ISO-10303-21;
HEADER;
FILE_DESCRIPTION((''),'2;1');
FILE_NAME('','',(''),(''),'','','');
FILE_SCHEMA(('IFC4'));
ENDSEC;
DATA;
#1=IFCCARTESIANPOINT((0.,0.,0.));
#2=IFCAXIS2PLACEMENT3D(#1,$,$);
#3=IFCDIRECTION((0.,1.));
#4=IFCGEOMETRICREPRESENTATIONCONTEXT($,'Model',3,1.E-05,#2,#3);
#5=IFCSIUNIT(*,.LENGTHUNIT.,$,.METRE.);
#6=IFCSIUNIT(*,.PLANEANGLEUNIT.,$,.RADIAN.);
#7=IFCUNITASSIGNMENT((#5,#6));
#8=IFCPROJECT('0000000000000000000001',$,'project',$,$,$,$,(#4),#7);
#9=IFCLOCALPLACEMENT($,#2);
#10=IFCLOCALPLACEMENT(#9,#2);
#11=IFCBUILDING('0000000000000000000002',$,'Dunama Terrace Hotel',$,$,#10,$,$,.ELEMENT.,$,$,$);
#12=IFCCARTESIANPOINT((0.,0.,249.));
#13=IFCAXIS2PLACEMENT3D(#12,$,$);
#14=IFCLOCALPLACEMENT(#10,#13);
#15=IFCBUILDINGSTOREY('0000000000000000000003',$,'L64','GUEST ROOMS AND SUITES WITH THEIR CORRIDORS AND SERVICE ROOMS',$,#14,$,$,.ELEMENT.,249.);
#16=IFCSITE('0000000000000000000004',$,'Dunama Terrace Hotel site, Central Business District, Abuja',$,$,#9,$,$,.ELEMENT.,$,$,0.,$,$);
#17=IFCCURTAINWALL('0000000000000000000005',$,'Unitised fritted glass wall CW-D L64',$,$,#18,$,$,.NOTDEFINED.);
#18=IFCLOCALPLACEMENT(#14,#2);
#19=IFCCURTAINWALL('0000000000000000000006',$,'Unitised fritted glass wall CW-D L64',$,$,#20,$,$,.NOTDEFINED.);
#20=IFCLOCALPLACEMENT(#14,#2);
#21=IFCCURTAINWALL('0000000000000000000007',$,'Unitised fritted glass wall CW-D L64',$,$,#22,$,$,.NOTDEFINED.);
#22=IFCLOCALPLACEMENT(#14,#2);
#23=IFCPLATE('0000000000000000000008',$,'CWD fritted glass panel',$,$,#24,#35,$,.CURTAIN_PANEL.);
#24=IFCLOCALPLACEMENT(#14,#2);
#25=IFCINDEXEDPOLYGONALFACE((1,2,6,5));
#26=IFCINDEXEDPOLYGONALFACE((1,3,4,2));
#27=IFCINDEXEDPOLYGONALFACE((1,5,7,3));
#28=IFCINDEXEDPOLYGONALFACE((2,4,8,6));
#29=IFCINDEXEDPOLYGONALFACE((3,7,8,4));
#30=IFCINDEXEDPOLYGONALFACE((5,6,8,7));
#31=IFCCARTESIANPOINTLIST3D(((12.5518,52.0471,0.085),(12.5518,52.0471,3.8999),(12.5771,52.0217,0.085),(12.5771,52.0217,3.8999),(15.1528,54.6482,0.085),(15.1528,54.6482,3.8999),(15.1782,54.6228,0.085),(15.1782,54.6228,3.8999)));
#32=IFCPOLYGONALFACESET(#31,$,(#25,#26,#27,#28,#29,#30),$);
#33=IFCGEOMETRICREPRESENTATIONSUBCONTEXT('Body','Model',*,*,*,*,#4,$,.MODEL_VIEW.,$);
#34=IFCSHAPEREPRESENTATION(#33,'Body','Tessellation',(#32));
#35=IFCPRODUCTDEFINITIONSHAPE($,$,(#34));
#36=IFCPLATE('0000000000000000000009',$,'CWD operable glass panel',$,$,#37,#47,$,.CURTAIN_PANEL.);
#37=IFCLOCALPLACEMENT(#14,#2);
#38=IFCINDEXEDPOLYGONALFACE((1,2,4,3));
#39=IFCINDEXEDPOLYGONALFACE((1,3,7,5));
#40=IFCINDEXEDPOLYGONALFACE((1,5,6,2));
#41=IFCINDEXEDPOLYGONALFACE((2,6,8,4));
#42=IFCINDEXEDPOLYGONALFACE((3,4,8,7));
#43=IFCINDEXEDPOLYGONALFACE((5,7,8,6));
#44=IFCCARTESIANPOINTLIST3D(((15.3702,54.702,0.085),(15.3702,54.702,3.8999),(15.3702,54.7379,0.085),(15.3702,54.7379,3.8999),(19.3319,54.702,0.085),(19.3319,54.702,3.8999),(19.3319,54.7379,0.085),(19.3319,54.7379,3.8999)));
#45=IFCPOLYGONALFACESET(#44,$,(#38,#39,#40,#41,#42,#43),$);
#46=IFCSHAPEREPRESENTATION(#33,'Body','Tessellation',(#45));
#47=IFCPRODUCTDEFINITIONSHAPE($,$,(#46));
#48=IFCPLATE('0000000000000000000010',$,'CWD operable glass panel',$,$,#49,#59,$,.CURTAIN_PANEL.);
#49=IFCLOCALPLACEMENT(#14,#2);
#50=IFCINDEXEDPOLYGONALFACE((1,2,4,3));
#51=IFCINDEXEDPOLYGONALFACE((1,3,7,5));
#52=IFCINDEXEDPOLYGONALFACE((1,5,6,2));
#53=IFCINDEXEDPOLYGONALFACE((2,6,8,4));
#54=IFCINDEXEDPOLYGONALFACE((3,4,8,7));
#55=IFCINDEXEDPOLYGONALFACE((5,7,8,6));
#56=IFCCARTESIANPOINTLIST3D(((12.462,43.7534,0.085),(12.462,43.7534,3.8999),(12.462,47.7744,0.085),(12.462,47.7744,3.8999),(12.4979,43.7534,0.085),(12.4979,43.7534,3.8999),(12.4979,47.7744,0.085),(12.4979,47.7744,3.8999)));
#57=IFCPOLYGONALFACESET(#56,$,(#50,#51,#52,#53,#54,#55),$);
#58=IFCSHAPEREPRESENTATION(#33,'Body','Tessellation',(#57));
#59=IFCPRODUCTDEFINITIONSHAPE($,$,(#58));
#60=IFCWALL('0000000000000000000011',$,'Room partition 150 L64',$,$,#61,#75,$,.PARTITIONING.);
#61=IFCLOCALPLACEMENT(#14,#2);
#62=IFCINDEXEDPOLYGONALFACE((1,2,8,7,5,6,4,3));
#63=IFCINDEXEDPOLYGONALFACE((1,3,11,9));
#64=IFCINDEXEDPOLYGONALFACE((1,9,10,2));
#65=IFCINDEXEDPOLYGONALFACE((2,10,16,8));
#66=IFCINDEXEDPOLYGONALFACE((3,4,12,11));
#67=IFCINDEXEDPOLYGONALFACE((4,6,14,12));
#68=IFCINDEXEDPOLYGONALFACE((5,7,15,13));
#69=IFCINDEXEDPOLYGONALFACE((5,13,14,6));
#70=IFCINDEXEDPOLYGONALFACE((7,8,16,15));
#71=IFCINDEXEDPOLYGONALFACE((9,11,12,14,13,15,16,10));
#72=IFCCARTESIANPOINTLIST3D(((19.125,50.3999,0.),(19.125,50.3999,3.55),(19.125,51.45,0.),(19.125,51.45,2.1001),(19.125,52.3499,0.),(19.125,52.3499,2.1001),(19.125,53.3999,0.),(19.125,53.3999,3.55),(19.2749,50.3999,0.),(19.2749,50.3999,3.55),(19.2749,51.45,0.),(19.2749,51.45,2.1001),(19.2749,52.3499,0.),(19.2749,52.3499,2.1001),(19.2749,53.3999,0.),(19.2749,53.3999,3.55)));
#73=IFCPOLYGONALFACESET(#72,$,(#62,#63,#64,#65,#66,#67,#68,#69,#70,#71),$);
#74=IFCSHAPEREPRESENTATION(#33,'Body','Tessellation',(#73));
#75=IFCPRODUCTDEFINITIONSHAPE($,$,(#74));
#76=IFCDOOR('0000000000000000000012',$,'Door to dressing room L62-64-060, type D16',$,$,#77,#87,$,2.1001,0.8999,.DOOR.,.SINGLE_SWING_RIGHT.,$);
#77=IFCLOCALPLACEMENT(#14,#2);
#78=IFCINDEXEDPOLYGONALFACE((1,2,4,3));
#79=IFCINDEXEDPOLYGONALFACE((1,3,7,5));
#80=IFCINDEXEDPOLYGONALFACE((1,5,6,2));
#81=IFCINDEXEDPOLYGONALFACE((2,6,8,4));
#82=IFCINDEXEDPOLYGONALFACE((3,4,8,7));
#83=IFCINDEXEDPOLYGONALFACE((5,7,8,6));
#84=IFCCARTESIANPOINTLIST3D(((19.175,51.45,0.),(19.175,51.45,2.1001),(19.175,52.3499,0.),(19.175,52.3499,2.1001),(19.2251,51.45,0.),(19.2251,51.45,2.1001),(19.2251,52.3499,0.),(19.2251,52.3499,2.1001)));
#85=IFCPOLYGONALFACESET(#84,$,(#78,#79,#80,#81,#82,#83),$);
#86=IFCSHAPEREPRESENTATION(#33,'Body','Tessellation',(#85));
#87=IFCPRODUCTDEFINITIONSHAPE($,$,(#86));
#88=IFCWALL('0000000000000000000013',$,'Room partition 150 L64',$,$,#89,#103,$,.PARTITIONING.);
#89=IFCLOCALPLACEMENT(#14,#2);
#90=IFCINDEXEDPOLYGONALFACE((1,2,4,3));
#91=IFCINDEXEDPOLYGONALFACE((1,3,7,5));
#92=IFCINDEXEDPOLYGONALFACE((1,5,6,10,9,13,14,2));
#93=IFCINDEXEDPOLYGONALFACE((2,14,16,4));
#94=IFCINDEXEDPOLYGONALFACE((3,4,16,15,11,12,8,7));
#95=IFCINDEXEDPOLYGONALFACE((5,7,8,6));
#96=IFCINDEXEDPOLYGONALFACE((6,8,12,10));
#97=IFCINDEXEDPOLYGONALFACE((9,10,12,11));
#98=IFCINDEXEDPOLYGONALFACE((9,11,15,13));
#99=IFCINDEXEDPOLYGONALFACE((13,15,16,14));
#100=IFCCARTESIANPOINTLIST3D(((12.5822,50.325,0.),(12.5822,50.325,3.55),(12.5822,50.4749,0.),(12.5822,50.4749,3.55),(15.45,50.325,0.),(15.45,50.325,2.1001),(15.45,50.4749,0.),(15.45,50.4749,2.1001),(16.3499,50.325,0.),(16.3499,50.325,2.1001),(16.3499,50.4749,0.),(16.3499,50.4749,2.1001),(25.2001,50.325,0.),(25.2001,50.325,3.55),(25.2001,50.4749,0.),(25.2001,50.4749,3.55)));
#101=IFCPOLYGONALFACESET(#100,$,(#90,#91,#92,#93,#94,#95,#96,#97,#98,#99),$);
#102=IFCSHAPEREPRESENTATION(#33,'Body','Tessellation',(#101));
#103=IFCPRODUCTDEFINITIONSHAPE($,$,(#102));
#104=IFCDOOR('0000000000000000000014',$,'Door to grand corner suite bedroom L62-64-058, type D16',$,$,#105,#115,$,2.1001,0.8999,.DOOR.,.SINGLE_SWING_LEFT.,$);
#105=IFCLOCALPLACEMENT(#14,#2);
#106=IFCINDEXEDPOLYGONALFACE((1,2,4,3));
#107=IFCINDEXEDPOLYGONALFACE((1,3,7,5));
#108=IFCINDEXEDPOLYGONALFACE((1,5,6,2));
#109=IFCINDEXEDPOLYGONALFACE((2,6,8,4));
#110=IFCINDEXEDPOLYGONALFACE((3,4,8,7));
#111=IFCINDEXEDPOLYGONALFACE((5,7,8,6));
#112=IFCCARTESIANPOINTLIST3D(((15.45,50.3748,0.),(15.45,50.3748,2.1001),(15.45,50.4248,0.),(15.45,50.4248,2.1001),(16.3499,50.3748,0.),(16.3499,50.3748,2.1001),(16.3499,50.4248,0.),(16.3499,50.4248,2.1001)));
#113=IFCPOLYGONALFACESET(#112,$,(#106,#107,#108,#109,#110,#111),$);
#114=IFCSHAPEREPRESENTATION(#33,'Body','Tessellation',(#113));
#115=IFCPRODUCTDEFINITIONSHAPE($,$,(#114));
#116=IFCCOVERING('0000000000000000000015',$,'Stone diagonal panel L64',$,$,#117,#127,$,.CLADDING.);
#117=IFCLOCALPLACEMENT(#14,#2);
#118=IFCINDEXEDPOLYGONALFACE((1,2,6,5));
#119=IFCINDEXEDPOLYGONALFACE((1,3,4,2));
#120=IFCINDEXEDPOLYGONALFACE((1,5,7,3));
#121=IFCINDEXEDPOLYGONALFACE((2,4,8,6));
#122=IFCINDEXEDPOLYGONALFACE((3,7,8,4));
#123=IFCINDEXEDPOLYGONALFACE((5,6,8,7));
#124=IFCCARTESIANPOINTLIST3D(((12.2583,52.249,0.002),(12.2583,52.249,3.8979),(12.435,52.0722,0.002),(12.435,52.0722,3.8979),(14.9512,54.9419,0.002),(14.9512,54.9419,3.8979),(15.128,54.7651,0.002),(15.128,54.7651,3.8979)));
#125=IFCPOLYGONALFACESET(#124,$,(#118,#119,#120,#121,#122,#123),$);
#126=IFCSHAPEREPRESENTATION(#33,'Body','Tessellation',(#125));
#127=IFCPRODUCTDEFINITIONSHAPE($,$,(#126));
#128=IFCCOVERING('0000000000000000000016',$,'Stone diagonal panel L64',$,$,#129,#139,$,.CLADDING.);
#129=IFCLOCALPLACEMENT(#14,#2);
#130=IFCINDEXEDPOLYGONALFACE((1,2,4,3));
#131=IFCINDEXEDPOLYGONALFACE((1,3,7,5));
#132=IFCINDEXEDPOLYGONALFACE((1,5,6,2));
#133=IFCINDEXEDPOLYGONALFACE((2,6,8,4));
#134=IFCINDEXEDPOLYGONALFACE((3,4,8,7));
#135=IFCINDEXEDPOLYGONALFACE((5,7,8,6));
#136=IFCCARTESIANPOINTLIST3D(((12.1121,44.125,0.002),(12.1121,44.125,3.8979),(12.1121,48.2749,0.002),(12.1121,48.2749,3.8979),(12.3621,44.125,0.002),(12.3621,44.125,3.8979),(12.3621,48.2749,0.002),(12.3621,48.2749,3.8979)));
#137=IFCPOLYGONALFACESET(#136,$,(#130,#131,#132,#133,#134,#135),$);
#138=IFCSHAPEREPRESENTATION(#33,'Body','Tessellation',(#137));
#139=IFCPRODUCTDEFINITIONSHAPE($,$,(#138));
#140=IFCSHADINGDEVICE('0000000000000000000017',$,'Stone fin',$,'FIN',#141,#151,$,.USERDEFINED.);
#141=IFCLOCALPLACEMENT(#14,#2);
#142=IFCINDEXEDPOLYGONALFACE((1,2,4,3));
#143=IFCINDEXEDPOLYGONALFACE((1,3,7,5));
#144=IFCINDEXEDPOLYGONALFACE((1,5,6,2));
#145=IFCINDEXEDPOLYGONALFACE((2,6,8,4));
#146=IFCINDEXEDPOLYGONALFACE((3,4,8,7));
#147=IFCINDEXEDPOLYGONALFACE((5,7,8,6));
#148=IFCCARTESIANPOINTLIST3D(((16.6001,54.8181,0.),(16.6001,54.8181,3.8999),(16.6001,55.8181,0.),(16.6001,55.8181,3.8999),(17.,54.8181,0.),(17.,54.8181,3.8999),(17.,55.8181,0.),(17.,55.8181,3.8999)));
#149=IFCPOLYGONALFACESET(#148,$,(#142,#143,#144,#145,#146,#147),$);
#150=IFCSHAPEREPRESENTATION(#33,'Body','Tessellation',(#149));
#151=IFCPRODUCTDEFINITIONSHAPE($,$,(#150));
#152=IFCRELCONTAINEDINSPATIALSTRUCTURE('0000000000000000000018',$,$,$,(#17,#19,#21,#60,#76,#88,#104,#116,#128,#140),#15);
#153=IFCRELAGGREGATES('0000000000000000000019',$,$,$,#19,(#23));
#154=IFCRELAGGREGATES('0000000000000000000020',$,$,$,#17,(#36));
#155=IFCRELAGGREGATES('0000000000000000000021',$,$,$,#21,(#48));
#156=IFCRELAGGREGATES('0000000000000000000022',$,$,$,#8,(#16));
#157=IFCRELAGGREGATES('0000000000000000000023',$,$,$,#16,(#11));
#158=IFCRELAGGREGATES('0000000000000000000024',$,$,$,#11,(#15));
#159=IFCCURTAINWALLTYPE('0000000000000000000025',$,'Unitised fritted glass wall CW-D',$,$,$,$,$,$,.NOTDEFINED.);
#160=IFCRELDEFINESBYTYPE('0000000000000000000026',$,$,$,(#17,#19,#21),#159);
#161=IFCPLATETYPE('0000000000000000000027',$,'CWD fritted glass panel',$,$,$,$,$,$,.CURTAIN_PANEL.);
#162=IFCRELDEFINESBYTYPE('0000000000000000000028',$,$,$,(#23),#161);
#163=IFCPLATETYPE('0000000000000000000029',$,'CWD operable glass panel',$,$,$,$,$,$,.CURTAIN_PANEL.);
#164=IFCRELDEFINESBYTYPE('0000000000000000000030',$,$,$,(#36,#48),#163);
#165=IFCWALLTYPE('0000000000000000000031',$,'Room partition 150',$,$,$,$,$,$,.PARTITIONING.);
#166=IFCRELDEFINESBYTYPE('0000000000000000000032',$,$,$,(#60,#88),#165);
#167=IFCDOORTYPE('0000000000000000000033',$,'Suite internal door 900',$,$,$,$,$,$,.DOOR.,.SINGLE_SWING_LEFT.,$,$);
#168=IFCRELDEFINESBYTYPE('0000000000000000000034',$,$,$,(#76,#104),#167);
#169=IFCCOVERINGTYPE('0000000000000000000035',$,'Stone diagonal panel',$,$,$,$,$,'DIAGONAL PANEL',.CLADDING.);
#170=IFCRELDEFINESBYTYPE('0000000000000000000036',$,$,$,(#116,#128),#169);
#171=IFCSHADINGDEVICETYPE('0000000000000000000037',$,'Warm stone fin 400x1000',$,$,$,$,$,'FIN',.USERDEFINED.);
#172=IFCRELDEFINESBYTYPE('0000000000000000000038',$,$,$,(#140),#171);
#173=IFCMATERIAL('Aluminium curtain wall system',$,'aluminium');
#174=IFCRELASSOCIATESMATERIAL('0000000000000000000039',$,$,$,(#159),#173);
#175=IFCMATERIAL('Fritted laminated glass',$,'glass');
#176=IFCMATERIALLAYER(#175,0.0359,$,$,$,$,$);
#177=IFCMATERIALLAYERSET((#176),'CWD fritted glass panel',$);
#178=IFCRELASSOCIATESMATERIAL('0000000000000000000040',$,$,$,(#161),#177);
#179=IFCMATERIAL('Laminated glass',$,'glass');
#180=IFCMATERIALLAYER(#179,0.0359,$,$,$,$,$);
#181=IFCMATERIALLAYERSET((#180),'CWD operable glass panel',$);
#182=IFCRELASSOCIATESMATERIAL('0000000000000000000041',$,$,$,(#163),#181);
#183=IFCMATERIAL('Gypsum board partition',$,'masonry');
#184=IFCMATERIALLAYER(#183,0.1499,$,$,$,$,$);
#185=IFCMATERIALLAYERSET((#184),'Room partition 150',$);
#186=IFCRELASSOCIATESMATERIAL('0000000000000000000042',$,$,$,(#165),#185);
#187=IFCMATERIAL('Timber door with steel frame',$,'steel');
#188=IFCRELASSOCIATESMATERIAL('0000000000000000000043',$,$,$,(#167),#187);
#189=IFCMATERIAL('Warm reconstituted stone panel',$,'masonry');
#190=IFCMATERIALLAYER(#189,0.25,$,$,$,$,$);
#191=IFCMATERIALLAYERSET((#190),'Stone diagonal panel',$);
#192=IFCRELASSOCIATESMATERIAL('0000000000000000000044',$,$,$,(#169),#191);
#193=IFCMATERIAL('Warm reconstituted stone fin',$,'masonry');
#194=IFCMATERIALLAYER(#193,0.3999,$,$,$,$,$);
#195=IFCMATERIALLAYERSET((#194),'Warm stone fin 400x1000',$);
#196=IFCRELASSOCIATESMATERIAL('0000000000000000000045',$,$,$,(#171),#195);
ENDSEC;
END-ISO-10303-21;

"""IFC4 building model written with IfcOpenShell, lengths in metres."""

from ifc_helpers import new_model, si_unit, direction, frame, frame_2d, origin, origin_2d, place, context, subcontext, project, spatial, rectangle, extrude, material, layer, layer_set, type_object, element, fill, aggregate, save


model = new_model("IFC4")

# Units and contexts
model_context = context("Model", 3, precision=1e-05, world=origin(), true_north=direction((0.0, 1.0)))
body_context = subcontext(model_context, "Body", "Model", "MODEL_VIEW")
ifc_project = project(units=[si_unit("LENGTHUNIT", "METRE"), si_unit("PLANEANGLEUNIT", "RADIAN")], contexts=[model_context])

# Site, building, storey
site_placement = place(None, origin())
site = spatial("IfcSite", under=ifc_project, at=site_placement, Name="Dunama Terrace Hotel site, Central Business District, Abuja", CompositionType="ELEMENT", RefElevation=0.0)
building_placement = place(site_placement, origin())
building = spatial("IfcBuilding", under=site, at=building_placement, Name="Dunama Terrace Hotel", CompositionType="ELEMENT")
storey_placement = place(building_placement, frame((0.0, 0.0, 249.0)))
storey = spatial("IfcBuildingStorey", under=building, at=storey_placement, Name="L64", Description="GUEST ROOMS AND SUITES WITH THEIR CORRIDORS AND SERVICE ROOMS", CompositionType="ELEMENT", Elevation=249.0)

# Curtain wall
ifc_material_1 = material(Name="Aluminium curtain wall system", Category="aluminium")
curtain_wall_type = type_object("IfcCurtainWallType", Name="Unitised fritted glass wall CW-D", PredefinedType="NOTDEFINED", material=ifc_material_1)
curtain_wall_1_placement = place(storey_placement, origin())
curtain_wall_1 = element("IfcCurtainWall", 1, at=curtain_wall_1_placement, inside=storey, type_object=curtain_wall_type, Name="Unitised fritted glass wall CW-D L64", PredefinedType="NOTDEFINED")

# Curtain walls
curtain_wall_2_placement = place(storey_placement, origin())
curtain_wall_2 = element("IfcCurtainWall", 2, at=curtain_wall_2_placement, inside=storey, type_object=curtain_wall_type, Name="Unitised fritted glass wall CW-D L64", PredefinedType="NOTDEFINED")
curtain_wall_3_placement = place(storey_placement, origin())
curtain_wall_3 = element("IfcCurtainWall", 3, at=curtain_wall_3_placement, inside=storey, type_object=curtain_wall_type, Name="Unitised fritted glass wall CW-D L64", PredefinedType="NOTDEFINED")

# Plates
ifc_material_2 = material(Name="Fritted laminated glass", Category="glass")
ifc_layer_1 = layer(ifc_material_2, 0.0359)
ifc_layer_set_1 = layer_set([ifc_layer_1], Name="CWD fritted glass panel")
plate_type_1 = type_object("IfcPlateType", Name="CWD fritted glass panel", PredefinedType="CURTAIN_PANEL", material=ifc_layer_set_1)
plate_1_placement = place(storey_placement, frame((13.865, 53.335, 0.085), z_axis=(0.0, 0.0, 1.0), x_axis=(-0.707107, -0.707107, 0.0)))
plate_1 = element("IfcPlate", 4, at=plate_1_placement, type_object=plate_type_1, Name="CWD fritted glass panel", PredefinedType="CURTAIN_PANEL", context=body_context, shape_type="SweptSolid", body=[
    extrude(rectangle(XDim=3.6785, YDim=0.0359, at=origin_2d()), origin(), (0.0, 0.0, 1.0), 3.8149),
])
aggregate(curtain_wall_2, [plate_1])
ifc_material_3 = material(Name="Laminated glass", Category="glass")
ifc_layer_2 = layer(ifc_material_3, 0.0359)
ifc_layer_set_2 = layer_set([ifc_layer_2], Name="CWD operable glass panel")
plate_type_2 = type_object("IfcPlateType", Name="CWD operable glass panel", PredefinedType="CURTAIN_PANEL", material=ifc_layer_set_2)
plate_2_placement = place(storey_placement, frame((17.3511, 54.72, 0.085), z_axis=(0.0, 0.0, 1.0), x_axis=(-1.0, 0.0, 0.0)))
plate_2 = element("IfcPlate", 5, at=plate_2_placement, type_object=plate_type_2, Name="CWD operable glass panel", PredefinedType="CURTAIN_PANEL", context=body_context, shape_type="SweptSolid", body=[
    extrude(rectangle(XDim=3.9617, YDim=0.0359, at=origin_2d()), origin(), (0.0, 0.0, 1.0), 3.8149),
])
aggregate(curtain_wall_1, [plate_2])
plate_3_placement = place(storey_placement, frame((12.48, 45.7639, 0.085), z_axis=(0.0, 0.0, 1.0), x_axis=(0.0, -1.0, 0.0)))
plate_3 = element("IfcPlate", 6, at=plate_3_placement, type_object=plate_type_2, Name="CWD operable glass panel", PredefinedType="CURTAIN_PANEL", context=body_context, shape_type="SweptSolid", body=[
    extrude(rectangle(XDim=4.021, YDim=0.0359, at=origin_2d()), origin(), (0.0, 0.0, 1.0), 3.8149),
])
aggregate(curtain_wall_3, [plate_3])

# Walls, openings, doors
ifc_material_4 = material(Name="Gypsum board partition", Category="masonry")
ifc_layer_3 = layer(ifc_material_4, 0.1499)
ifc_layer_set_3 = layer_set([ifc_layer_3], Name="Room partition 150")
wall_type = type_object("IfcWallType", Name="Room partition 150", PredefinedType="PARTITIONING", material=ifc_layer_set_3)
wall_1_placement = place(storey_placement, frame((19.2, 50.3999, 0.0), z_axis=(0.0, 0.0, 1.0), x_axis=(0.0, 1.0, 0.0)))
wall_1 = element("IfcWall", 7, at=wall_1_placement, inside=storey, type_object=wall_type, Name="Room partition 150 L64", PredefinedType="PARTITIONING", context=body_context, shape_type="SweptSolid", body=[
    extrude(rectangle(XDim=3.0, YDim=0.1499, at=frame_2d((1.5, 0.0))), origin(), (0.0, 0.0, 1.0), 3.55),
])
opening_1_placement = place(wall_1_placement, frame((1.05, 0.0, 0.0)))
opening_1 = element("IfcOpeningElement", 8, at=opening_1_placement, cuts=wall_1, PredefinedType="OPENING", context=body_context, shape_type="SweptSolid", body=[
    extrude(rectangle(XDim=0.8999, YDim=2.1001, at=frame_2d((0.45, 1.05))), frame((0.0, 0.085, 0.0), z_axis=(0.0, -1.0, 0.0), x_axis=(1.0, 0.0, 0.0)), (0.0, 0.0, 1.0), 0.1699),
])
ifc_material_5 = material(Name="Timber door with steel frame", Category="steel")
door_type = type_object("IfcDoorType", Name="Suite internal door 900", OperationType="SINGLE_SWING_LEFT", PredefinedType="DOOR", material=ifc_material_5)
door_1_placement = place(opening_1_placement, frame((0.8999, 0.0, 0.0), z_axis=(0.0, 0.0, 1.0), x_axis=(-1.0, 0.0, 0.0)))
door_1 = element("IfcDoor", 9, at=door_1_placement, inside=storey, type_object=door_type, Name="Door to dressing room L62-64-060, type D16", OperationType="SINGLE_SWING_RIGHT", OverallHeight=2.1001, OverallWidth=0.8999, PredefinedType="DOOR", context=body_context, shape_type="SweptSolid", body=[
    extrude(rectangle(XDim=0.8999, YDim=2.1001, at=frame_2d((0.45, 1.05))), frame((0.0, 0.0251, 0.0), z_axis=(0.0, -1.0, 0.0), x_axis=(1.0, 0.0, 0.0)), (0.0, 0.0, 1.0), 0.05),
])
fill(opening_1, door_1)
wall_2_placement = place(storey_placement, frame((12.582, 50.3999, 0.0), z_axis=(0.0, 0.0, 1.0), x_axis=(1.0, 0.0, 0.0)))
wall_2 = element("IfcWall", 10, at=wall_2_placement, inside=storey, type_object=wall_type, Name="Room partition 150 L64", PredefinedType="PARTITIONING", context=body_context, shape_type="SweptSolid", body=[
    extrude(rectangle(XDim=12.6179, YDim=0.1499, at=frame_2d((6.3091, 0.0))), origin(), (0.0, 0.0, 1.0), 3.55),
])
opening_2_placement = place(wall_2_placement, frame((2.8679, 0.0, 0.0)))
opening_2 = element("IfcOpeningElement", 11, at=opening_2_placement, cuts=wall_2, PredefinedType="OPENING", context=body_context, shape_type="SweptSolid", body=[
    extrude(rectangle(XDim=0.8999, YDim=2.1001, at=frame_2d((0.45, 1.05))), frame((0.0, 0.085, 0.0), z_axis=(0.0, -1.0, 0.0), x_axis=(1.0, 0.0, 0.0)), (0.0, 0.0, 1.0), 0.1699),
])
door_2_placement = place(opening_2_placement, origin())
door_2 = element("IfcDoor", 12, at=door_2_placement, inside=storey, type_object=door_type, Name="Door to grand corner suite bedroom L62-64-058, type D16", OperationType="SINGLE_SWING_LEFT", OverallHeight=2.1001, OverallWidth=0.8999, PredefinedType="DOOR", context=body_context, shape_type="SweptSolid", body=[
    extrude(rectangle(XDim=0.8999, YDim=2.1001, at=frame_2d((0.45, 1.05))), frame((0.0, 0.0249, 0.0), z_axis=(0.0, -1.0, 0.0), x_axis=(1.0, 0.0, 0.0)), (0.0, 0.0, 1.0), 0.05),
])
fill(opening_2, door_2)

# Coverings
ifc_material_6 = material(Name="Warm reconstituted stone panel", Category="masonry")
ifc_layer_4 = layer(ifc_material_6, 0.25)
ifc_layer_set_4 = layer_set([ifc_layer_4], Name="Stone diagonal panel")
covering_type = type_object("IfcCoveringType", Name="Stone diagonal panel", ElementType="DIAGONAL PANEL", PredefinedType="CLADDING", material=ifc_layer_set_4)
covering_1_placement = place(storey_placement, frame((13.6931, 53.5071, 0.002), z_axis=(0.0, 0.0, 1.0), x_axis=(-0.707107, -0.707107, 0.0)))
element("IfcCovering", 13, at=covering_1_placement, inside=storey, type_object=covering_type, Name="Stone diagonal panel L64", PredefinedType="CLADDING", context=body_context, shape_type="SweptSolid", body=[
    extrude(rectangle(XDim=3.8083, YDim=0.25, at=origin_2d()), origin(), (0.0, 0.0, 1.0), 3.896),
])
covering_2_placement = place(storey_placement, frame((12.2371, 46.2, 0.002), z_axis=(0.0, 0.0, 1.0), x_axis=(0.0, -1.0, 0.0)))
element("IfcCovering", 14, at=covering_2_placement, inside=storey, type_object=covering_type, Name="Stone diagonal panel L64", PredefinedType="CLADDING", context=body_context, shape_type="SweptSolid", body=[
    extrude(rectangle(XDim=4.1499, YDim=0.25, at=origin_2d()), origin(), (0.0, 0.0, 1.0), 3.896),
])

# Shading device
ifc_material_7 = material(Name="Warm reconstituted stone fin", Category="masonry")
ifc_layer_5 = layer(ifc_material_7, 0.3999)
ifc_layer_set_5 = layer_set([ifc_layer_5], Name="Warm stone fin 400x1000")
shading_device_type = type_object("IfcShadingDeviceType", Name="Warm stone fin 400x1000", ElementType="FIN", PredefinedType="USERDEFINED", material=ifc_layer_set_5)
shading_device_placement = place(storey_placement, frame((16.8, 55.3181, 0.0), z_axis=(0.0, 0.0, 1.0), x_axis=(-1.0, 0.0, 0.0)))
element("IfcShadingDevice", 15, at=shading_device_placement, inside=storey, type_object=shading_device_type, Name="Stone fin", ObjectType="FIN", PredefinedType="USERDEFINED", context=body_context, shape_type="SweptSolid", body=[
    extrude(rectangle(XDim=0.3999, YDim=1.0, at=origin_2d()), origin(), (0.0, 0.0, 1.0), 3.8999),
])

save(model, "model.ifc")
